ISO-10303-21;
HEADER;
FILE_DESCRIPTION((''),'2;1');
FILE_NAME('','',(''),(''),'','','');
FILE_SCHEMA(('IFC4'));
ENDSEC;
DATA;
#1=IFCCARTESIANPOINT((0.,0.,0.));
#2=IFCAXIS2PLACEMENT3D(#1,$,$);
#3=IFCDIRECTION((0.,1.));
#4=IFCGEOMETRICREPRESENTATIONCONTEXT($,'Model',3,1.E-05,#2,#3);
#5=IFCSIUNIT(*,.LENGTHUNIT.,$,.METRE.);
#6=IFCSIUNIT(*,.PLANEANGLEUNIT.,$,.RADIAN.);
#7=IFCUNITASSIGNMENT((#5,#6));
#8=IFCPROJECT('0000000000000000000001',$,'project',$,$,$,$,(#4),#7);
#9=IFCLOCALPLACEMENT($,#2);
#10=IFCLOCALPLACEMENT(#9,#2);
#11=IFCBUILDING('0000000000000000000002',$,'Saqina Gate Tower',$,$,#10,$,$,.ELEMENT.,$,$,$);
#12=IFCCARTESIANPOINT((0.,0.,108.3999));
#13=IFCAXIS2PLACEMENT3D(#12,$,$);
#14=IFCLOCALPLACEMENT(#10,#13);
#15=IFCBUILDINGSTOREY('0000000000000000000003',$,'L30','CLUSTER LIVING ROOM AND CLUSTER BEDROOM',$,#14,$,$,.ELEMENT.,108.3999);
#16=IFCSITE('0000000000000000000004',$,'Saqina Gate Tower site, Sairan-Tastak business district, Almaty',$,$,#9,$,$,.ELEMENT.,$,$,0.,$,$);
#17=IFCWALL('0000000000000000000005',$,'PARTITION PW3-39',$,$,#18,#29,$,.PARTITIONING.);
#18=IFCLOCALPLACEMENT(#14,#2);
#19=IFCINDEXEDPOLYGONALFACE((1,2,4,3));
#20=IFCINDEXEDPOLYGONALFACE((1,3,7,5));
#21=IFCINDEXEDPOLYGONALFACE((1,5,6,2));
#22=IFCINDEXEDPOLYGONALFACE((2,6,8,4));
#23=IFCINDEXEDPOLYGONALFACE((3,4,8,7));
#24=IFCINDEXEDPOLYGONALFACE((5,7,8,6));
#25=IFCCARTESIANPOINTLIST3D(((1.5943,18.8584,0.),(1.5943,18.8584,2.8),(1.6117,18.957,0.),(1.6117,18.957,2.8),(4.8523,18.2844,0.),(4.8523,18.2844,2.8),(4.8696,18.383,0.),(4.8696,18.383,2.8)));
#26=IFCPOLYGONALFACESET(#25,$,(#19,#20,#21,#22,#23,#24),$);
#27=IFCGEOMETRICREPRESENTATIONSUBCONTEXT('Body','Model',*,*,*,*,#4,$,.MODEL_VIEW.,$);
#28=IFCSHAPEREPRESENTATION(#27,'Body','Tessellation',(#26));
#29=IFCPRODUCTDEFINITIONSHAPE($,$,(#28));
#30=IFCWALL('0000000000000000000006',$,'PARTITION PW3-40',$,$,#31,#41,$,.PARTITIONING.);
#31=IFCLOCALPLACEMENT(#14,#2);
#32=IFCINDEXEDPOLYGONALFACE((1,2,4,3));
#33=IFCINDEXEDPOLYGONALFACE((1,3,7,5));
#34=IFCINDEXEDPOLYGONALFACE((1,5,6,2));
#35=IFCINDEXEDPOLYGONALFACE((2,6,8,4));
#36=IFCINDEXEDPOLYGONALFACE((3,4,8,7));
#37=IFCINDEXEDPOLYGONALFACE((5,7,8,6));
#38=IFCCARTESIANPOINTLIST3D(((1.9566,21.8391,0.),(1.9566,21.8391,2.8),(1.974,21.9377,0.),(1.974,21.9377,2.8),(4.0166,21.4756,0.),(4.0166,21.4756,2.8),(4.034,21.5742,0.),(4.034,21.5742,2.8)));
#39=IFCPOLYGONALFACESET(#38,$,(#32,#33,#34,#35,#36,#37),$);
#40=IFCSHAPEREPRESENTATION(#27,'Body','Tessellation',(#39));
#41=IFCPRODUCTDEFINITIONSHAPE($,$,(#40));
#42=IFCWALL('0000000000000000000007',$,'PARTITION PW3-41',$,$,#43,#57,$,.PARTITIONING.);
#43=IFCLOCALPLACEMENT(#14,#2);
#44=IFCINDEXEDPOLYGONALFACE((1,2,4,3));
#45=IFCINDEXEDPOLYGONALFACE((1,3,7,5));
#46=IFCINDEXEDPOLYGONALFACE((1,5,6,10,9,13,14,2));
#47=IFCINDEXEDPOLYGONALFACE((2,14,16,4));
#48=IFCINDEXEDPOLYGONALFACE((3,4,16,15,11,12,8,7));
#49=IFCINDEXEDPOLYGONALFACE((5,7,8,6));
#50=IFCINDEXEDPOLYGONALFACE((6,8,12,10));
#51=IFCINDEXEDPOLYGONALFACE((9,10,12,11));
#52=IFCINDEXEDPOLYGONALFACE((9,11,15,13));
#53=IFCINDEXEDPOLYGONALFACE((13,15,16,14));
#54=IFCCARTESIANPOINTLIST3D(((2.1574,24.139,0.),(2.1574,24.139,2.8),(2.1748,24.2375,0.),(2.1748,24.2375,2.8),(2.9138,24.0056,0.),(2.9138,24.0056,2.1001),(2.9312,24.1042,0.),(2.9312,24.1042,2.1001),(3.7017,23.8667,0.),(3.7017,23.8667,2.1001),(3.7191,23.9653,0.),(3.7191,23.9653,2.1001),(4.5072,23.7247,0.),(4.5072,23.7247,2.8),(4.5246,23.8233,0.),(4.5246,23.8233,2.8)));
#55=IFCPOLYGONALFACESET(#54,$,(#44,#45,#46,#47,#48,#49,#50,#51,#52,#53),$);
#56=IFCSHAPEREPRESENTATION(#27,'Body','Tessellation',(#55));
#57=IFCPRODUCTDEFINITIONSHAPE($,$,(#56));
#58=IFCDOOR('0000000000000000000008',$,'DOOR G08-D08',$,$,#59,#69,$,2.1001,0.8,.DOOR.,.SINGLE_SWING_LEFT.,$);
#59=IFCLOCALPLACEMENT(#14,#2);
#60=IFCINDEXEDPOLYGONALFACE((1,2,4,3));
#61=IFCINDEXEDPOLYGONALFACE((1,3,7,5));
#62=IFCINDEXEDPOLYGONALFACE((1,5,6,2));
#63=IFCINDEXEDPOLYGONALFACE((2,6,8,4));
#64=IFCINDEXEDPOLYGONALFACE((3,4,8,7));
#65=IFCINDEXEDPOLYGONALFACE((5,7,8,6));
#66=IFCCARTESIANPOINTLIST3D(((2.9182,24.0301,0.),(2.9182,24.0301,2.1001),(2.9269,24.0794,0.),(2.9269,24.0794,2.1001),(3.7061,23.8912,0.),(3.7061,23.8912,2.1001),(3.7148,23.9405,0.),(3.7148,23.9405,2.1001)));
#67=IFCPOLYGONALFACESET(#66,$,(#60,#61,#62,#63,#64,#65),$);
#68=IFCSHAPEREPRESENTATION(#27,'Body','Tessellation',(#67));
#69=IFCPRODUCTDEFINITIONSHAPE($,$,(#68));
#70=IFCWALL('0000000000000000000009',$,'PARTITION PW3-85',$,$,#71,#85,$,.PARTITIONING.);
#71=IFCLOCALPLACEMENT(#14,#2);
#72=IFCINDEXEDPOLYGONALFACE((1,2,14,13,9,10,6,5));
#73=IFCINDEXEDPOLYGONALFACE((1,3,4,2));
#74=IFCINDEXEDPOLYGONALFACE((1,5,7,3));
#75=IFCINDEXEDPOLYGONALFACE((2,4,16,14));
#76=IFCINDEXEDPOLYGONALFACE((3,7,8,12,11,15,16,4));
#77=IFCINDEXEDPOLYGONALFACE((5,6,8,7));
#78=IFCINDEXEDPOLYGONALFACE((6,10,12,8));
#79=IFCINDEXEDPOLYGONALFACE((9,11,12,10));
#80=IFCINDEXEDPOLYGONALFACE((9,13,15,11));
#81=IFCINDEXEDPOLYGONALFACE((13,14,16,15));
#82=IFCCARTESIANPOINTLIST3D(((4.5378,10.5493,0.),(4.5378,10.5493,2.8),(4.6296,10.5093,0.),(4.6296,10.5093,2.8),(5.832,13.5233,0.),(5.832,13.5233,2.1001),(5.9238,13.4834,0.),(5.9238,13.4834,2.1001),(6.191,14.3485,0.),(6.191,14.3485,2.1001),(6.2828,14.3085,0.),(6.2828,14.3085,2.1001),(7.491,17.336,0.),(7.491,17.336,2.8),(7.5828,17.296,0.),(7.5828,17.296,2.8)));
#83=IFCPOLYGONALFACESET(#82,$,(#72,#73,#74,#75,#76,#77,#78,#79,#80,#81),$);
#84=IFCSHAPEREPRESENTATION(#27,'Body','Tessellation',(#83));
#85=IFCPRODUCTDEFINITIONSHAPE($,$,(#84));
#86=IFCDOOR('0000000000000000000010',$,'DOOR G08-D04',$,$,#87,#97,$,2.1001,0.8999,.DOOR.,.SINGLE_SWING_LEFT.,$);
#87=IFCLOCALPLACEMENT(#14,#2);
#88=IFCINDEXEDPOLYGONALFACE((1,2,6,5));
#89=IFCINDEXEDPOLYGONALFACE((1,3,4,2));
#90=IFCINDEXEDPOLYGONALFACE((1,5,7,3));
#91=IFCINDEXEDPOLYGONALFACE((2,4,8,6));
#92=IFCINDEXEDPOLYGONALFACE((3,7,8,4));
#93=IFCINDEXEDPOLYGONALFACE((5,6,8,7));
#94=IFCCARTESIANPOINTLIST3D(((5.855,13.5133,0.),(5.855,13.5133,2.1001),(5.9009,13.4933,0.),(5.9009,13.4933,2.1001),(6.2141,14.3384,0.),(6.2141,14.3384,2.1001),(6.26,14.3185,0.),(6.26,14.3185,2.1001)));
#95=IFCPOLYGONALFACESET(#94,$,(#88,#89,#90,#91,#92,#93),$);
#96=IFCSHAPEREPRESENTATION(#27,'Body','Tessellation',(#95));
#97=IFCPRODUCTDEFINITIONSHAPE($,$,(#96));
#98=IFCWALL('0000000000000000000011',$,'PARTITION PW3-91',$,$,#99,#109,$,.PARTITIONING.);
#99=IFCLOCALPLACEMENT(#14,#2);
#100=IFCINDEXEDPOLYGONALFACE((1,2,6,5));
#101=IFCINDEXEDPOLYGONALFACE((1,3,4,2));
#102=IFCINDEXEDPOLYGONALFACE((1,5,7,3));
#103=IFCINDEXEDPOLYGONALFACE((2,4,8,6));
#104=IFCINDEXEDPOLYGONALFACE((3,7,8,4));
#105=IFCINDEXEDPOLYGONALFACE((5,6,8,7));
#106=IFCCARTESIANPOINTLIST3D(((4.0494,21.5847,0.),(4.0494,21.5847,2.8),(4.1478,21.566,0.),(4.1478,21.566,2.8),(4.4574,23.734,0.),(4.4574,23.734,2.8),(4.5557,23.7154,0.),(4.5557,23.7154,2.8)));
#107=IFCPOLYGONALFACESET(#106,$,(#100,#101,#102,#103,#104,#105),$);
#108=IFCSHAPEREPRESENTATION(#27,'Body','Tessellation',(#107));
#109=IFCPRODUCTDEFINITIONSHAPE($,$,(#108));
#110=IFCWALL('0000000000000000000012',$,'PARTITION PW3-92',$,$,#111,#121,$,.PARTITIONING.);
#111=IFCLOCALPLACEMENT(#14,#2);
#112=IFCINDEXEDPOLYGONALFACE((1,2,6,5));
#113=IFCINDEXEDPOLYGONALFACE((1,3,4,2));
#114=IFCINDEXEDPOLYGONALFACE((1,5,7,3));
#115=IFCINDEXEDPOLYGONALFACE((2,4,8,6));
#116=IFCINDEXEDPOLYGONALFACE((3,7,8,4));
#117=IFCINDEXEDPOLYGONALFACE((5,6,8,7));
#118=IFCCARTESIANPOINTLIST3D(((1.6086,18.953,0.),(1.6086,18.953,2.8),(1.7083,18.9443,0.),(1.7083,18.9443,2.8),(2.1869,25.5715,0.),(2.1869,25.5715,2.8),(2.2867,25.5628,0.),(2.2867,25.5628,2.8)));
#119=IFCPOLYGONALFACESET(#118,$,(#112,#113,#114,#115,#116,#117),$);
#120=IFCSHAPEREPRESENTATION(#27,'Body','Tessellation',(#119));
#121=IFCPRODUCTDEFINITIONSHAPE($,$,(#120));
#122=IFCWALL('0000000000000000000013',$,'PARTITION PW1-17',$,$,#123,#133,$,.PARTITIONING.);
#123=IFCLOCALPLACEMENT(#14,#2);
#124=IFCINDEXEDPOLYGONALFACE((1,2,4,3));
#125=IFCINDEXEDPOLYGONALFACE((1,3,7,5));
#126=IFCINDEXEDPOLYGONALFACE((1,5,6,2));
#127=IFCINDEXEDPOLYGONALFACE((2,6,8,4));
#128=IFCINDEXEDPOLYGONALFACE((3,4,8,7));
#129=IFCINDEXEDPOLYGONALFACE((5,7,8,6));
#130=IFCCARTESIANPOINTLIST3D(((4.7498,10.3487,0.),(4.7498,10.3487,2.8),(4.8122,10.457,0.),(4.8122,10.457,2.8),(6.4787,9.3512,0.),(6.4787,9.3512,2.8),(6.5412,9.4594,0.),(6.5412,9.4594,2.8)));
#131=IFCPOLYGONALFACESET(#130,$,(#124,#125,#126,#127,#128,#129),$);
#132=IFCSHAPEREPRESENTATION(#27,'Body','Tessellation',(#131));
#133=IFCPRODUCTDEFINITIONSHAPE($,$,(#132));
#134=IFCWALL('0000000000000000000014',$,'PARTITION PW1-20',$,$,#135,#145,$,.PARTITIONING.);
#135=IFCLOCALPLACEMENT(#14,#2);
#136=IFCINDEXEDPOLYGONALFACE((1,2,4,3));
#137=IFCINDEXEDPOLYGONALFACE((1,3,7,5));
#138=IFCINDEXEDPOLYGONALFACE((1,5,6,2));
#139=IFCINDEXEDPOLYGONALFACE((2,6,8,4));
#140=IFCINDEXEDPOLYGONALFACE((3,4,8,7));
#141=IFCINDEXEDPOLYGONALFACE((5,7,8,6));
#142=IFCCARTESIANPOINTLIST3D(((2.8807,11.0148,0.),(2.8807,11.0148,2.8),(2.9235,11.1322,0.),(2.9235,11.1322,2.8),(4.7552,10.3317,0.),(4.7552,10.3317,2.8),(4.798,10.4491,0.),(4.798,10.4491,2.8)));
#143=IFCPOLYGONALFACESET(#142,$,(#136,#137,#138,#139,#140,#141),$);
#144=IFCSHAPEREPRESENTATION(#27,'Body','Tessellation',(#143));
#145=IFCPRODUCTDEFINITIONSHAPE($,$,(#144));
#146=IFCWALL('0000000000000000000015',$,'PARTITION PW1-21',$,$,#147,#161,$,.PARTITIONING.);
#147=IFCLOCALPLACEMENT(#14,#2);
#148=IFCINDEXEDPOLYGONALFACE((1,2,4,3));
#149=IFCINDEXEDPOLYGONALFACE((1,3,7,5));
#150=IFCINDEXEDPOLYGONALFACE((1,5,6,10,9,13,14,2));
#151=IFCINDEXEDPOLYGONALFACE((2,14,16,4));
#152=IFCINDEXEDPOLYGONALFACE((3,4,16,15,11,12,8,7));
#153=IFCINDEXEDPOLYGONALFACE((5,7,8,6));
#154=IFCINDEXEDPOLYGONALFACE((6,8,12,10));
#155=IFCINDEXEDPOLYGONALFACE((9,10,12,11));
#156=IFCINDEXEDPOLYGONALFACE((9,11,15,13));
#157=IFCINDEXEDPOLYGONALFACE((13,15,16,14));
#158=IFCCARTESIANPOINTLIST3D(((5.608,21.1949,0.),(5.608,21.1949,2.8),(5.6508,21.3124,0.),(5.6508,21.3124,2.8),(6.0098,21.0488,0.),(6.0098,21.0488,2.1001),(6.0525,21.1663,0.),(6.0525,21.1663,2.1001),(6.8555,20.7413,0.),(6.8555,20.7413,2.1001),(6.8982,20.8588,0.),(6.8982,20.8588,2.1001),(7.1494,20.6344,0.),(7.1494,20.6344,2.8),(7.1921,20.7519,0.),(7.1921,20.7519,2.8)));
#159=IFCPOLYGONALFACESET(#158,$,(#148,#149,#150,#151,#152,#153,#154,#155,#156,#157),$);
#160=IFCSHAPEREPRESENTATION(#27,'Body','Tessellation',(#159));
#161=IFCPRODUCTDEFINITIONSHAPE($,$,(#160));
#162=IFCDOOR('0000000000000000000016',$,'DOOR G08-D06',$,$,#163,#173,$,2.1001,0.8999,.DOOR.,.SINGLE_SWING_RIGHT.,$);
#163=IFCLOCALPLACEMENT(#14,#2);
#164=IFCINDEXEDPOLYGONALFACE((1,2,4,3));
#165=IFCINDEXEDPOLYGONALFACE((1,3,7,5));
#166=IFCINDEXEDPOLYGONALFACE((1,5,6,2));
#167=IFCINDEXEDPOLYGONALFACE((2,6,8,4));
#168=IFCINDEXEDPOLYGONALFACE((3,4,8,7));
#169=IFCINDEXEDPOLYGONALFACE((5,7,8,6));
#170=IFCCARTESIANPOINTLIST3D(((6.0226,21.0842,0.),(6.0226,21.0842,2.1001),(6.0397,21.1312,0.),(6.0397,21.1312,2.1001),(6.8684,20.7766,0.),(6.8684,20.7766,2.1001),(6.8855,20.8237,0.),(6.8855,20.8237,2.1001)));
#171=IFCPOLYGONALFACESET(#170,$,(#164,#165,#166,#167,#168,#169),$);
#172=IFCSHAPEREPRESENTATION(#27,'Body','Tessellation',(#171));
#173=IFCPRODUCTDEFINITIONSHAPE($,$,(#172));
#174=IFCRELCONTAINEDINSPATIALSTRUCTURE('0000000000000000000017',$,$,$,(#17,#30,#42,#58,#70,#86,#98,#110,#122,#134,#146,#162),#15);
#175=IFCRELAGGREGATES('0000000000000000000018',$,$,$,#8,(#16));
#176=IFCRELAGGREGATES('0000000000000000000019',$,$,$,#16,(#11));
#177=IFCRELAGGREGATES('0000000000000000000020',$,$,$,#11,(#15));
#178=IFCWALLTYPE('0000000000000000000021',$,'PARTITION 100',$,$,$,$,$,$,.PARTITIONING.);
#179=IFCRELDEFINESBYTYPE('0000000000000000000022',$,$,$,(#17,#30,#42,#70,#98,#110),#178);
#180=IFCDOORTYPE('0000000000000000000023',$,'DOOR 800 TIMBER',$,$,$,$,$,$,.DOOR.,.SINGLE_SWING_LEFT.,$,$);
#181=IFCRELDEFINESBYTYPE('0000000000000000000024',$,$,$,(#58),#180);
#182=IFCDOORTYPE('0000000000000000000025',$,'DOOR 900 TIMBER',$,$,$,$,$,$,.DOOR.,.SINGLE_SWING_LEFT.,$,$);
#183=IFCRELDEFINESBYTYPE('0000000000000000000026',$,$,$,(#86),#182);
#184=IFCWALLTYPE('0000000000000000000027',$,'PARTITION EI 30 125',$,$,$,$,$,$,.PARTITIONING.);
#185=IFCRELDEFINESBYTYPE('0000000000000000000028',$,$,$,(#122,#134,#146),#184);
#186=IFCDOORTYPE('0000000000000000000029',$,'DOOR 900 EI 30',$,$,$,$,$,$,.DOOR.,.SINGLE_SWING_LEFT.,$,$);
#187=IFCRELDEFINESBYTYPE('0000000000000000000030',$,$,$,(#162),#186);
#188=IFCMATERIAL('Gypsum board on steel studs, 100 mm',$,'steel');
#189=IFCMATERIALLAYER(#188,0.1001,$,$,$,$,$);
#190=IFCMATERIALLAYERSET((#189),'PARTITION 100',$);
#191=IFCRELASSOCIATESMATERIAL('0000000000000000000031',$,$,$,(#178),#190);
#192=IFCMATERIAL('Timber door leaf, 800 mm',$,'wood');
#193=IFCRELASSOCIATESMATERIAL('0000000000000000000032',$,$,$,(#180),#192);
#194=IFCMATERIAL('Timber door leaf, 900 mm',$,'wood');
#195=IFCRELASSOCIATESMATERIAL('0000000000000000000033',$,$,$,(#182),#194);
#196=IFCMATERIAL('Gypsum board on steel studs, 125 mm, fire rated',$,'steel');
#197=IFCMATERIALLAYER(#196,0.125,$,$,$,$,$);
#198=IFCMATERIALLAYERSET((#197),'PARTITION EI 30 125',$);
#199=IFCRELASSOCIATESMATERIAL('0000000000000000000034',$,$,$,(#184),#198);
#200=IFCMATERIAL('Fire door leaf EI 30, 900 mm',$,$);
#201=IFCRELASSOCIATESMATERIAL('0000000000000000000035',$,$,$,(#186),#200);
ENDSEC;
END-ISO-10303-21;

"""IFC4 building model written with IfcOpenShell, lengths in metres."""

from ifc_helpers import new_model, si_unit, direction, frame, frame_2d, origin, place, context, subcontext, project, spatial, rectangle, extrude, material, layer, layer_set, type_object, element, fill, save


model = new_model("IFC4")

# Units and contexts
model_context = context("Model", 3, precision=1e-05, world=origin(), true_north=direction((0.0, 1.0)))
body_context = subcontext(model_context, "Body", "Model", "MODEL_VIEW")
ifc_project = project(units=[si_unit("LENGTHUNIT", "METRE"), si_unit("PLANEANGLEUNIT", "RADIAN")], contexts=[model_context])

# Site, building, storey
site_placement = place(None, origin())
site = spatial("IfcSite", under=ifc_project, at=site_placement, Name="Saqina Gate Tower site, Sairan-Tastak business district, Almaty", CompositionType="ELEMENT", RefElevation=0.0)
building_placement = place(site_placement, origin())
building = spatial("IfcBuilding", under=site, at=building_placement, Name="Saqina Gate Tower", CompositionType="ELEMENT")
storey_placement = place(building_placement, frame((0.0, 0.0, 108.3999)))
storey = spatial("IfcBuildingStorey", under=building, at=storey_placement, Name="L30", Description="CLUSTER LIVING ROOM AND CLUSTER BEDROOM", CompositionType="ELEMENT", Elevation=108.3999)

# Walls
ifc_material_1 = material(Name="Gypsum board on steel studs, 100 mm", Category="steel")
ifc_layer_1 = layer(ifc_material_1, 0.1001)
ifc_layer_set_1 = layer_set([ifc_layer_1], Name="PARTITION 100")
wall_type_1 = type_object("IfcWallType", Name="PARTITION 100", PredefinedType="PARTITIONING", material=ifc_layer_set_1)
wall_1_placement = place(storey_placement, frame((1.603, 18.9077, 0.0), z_axis=(0.0, 0.0, 1.0), x_axis=(0.984832, -0.173512, 0.0)))
element("IfcWall", 1, at=wall_1_placement, inside=storey, type_object=wall_type_1, Name="PARTITION PW3-39", PredefinedType="PARTITIONING", context=body_context, shape_type="SweptSolid", body=[
    extrude(rectangle(XDim=3.3081, YDim=0.1001, at=frame_2d((1.6541, 0.0))), origin(), (0.0, 0.0, 1.0), 2.8),
])
wall_2_placement = place(storey_placement, frame((1.9653, 21.8884, 0.0), z_axis=(0.0, 0.0, 1.0), x_axis=(0.984785, -0.173779, 0.0)))
element("IfcWall", 2, at=wall_2_placement, inside=storey, type_object=wall_type_1, Name="PARTITION PW3-40", PredefinedType="PARTITIONING", context=body_context, shape_type="SweptSolid", body=[
    extrude(rectangle(XDim=2.0918, YDim=0.1001, at=frame_2d((1.0459, 0.0))), origin(), (0.0, 0.0, 1.0), 2.8),
])

# Walls, openings, doors
wall_3_placement = place(storey_placement, frame((2.1663, 24.1882, 0.0), z_axis=(0.0, 0.0, 1.0), x_axis=(0.98481, -0.173634, 0.0)))
wall_3 = element("IfcWall", 3, at=wall_3_placement, inside=storey, type_object=wall_type_1, Name="PARTITION PW3-41", PredefinedType="PARTITIONING", context=body_context, shape_type="SweptSolid", body=[
    extrude(rectangle(XDim=2.386, YDim=0.1001, at=frame_2d((1.1929, 0.0))), origin(), (0.0, 0.0, 1.0), 2.8),
])
opening_1_placement = place(wall_3_placement, frame((0.7681, 0.0, 0.0)))
opening_1 = element("IfcOpeningElement", 4, at=opening_1_placement, cuts=wall_3, PredefinedType="OPENING", context=body_context, shape_type="SweptSolid", body=[
    extrude(rectangle(XDim=0.8, YDim=2.1001, at=frame_2d((0.3999, 1.05))), frame((0.0, 0.062, 0.0), z_axis=(0.0, -1.0, 0.0), x_axis=(1.0, 0.0, 0.0)), (0.0, 0.0, 1.0), 0.124),
])
ifc_material_2 = material(Name="Timber door leaf, 800 mm", Category="wood")
door_type_1 = type_object("IfcDoorType", Name="DOOR 800 TIMBER", OperationType="SINGLE_SWING_LEFT", PredefinedType="DOOR", material=ifc_material_2)
door_1_placement = place(opening_1_placement, origin())
door_1 = element("IfcDoor", 5, at=door_1_placement, inside=storey, type_object=door_type_1, Name="DOOR G08-D08", OperationType="SINGLE_SWING_LEFT", OverallHeight=2.1001, OverallWidth=0.8, PredefinedType="DOOR", context=body_context, shape_type="SweptSolid", body=[
    extrude(rectangle(XDim=0.8, YDim=2.1001, at=frame_2d((0.3999, 1.05))), frame((0.0, 0.0249, 0.0), z_axis=(0.0, -1.0, 0.0), x_axis=(1.0, 0.0, 0.0)), (0.0, 0.0, 1.0), 0.05),
])
fill(opening_1, door_1)
wall_4_placement = place(storey_placement, frame((4.5837, 10.5293, 0.0), z_axis=(0.0, 0.0, 1.0), x_axis=(0.399001, 0.91695, 0.0)))
wall_4 = element("IfcWall", 6, at=wall_4_placement, inside=storey, type_object=wall_type_1, Name="PARTITION PW3-85", PredefinedType="PARTITIONING", context=body_context, shape_type="SweptSolid", body=[
    extrude(rectangle(XDim=7.4014, YDim=0.1001, at=frame_2d((3.7007, 0.0))), origin(), (0.0, 0.0, 1.0), 2.8),
])
opening_2_placement = place(wall_4_placement, frame((3.2434, 0.0, 0.0)))
opening_2 = element("IfcOpeningElement", 7, at=opening_2_placement, cuts=wall_4, PredefinedType="OPENING", context=body_context, shape_type="SweptSolid", body=[
    extrude(rectangle(XDim=0.8999, YDim=2.1001, at=frame_2d((0.45, 1.05))), frame((0.0, 0.062, 0.0), z_axis=(0.0, -1.0, 0.0), x_axis=(1.0, 0.0, 0.0)), (0.0, 0.0, 1.0), 0.124),
])
ifc_material_3 = material(Name="Timber door leaf, 900 mm", Category="wood")
door_type_2 = type_object("IfcDoorType", Name="DOOR 900 TIMBER", OperationType="SINGLE_SWING_LEFT", PredefinedType="DOOR", material=ifc_material_3)
door_2_placement = place(opening_2_placement, origin())
door_2 = element("IfcDoor", 8, at=door_2_placement, inside=storey, type_object=door_type_2, Name="DOOR G08-D04", OperationType="SINGLE_SWING_LEFT", OverallHeight=2.1001, OverallWidth=0.8999, PredefinedType="DOOR", context=body_context, shape_type="SweptSolid", body=[
    extrude(rectangle(XDim=0.8999, YDim=2.1001, at=frame_2d((0.45, 1.05))), frame((0.0, 0.0249, 0.0), z_axis=(0.0, -1.0, 0.0), x_axis=(1.0, 0.0, 0.0)), (0.0, 0.0, 1.0), 0.05),
])
fill(opening_2, door_2)

# Walls
wall_5_placement = place(storey_placement, frame((4.0986, 21.5754, 0.0), z_axis=(0.0, 0.0, 1.0), x_axis=(0.186471, 0.98246, 0.0)))
element("IfcWall", 9, at=wall_5_placement, inside=storey, type_object=wall_type_1, Name="PARTITION PW3-91", PredefinedType="PARTITIONING", context=body_context, shape_type="SweptSolid", body=[
    extrude(rectangle(XDim=2.1877, YDim=0.1001, at=frame_2d((1.0938, 0.0))), origin(), (0.0, 0.0, 1.0), 2.8),
])
wall_6_placement = place(storey_placement, frame((1.6584, 18.9487, 0.0), z_axis=(0.0, 0.0, 1.0), x_axis=(0.087053, 0.996204, 0.0)))
element("IfcWall", 10, at=wall_6_placement, inside=storey, type_object=wall_type_1, Name="PARTITION PW3-92", PredefinedType="PARTITIONING", context=body_context, shape_type="SweptSolid", body=[
    extrude(rectangle(XDim=6.6438, YDim=0.1001, at=frame_2d((3.3218, 0.0))), origin(), (0.0, 0.0, 1.0), 2.8),
])
ifc_material_4 = material(Name="Gypsum board on steel studs, 125 mm, fire rated", Category="steel")
ifc_layer_2 = layer(ifc_material_4, 0.125)
ifc_layer_set_2 = layer_set([ifc_layer_2], Name="PARTITION EI 30 125")
wall_type_2 = type_object("IfcWallType", Name="PARTITION EI 30 125", PredefinedType="PARTITIONING", material=ifc_layer_set_2)
wall_7_placement = place(storey_placement, frame((4.781, 10.4028, 0.0), z_axis=(0.0, 0.0, 1.0), x_axis=(0.866173, -0.499744, 0.0)))
element("IfcWall", 11, at=wall_7_placement, inside=storey, type_object=wall_type_2, Name="PARTITION PW1-17", PredefinedType="PARTITIONING", context=body_context, shape_type="SweptSolid", body=[
    extrude(rectangle(XDim=1.9961, YDim=0.125, at=frame_2d((0.998, 0.0))), origin(), (0.0, 0.0, 1.0), 2.8),
])
wall_8_placement = place(storey_placement, frame((2.9021, 11.0735, 0.0), z_axis=(0.0, 0.0, 1.0), x_axis=(0.939557, -0.342391, 0.0)))
element("IfcWall", 12, at=wall_8_placement, inside=storey, type_object=wall_type_2, Name="PARTITION PW1-20", PredefinedType="PARTITIONING", context=body_context, shape_type="SweptSolid", body=[
    extrude(rectangle(XDim=1.9951, YDim=0.125, at=frame_2d((0.9976, 0.0))), origin(), (0.0, 0.0, 1.0), 2.8),
])

# Wall, opening, door
wall_9_placement = place(storey_placement, frame((5.6294, 21.2537, 0.0), z_axis=(0.0, 0.0, 1.0), x_axis=(0.939793, -0.341743, 0.0)))
wall_9 = element("IfcWall", 13, at=wall_9_placement, inside=storey, type_object=wall_type_2, Name="PARTITION PW1-21", PredefinedType="PARTITIONING", context=body_context, shape_type="SweptSolid", body=[
    extrude(rectangle(XDim=1.6401, YDim=0.125, at=frame_2d((0.8201, 0.0))), origin(), (0.0, 0.0, 1.0), 2.8),
])
opening_3_placement = place(wall_9_placement, frame((0.4275, 0.0, 0.0)))
opening_3 = element("IfcOpeningElement", 14, at=opening_3_placement, cuts=wall_9, PredefinedType="OPENING", context=body_context, shape_type="SweptSolid", body=[
    extrude(rectangle(XDim=0.8999, YDim=2.1001, at=frame_2d((0.45, 1.05))), frame((0.0, 0.0745, 0.0), z_axis=(0.0, -1.0, 0.0), x_axis=(1.0, 0.0, 0.0)), (0.0, 0.0, 1.0), 0.1489),
])
ifc_material_5 = material(Name="Fire door leaf EI 30, 900 mm")
door_type_3 = type_object("IfcDoorType", Name="DOOR 900 EI 30", OperationType="SINGLE_SWING_LEFT", PredefinedType="DOOR", material=ifc_material_5)
door_3_placement = place(opening_3_placement, frame((0.8999, 0.0, 0.0), z_axis=(0.0, 0.0, 1.0), x_axis=(-1.0, 0.0, 0.0)))
door_3 = element("IfcDoor", 15, at=door_3_placement, inside=storey, type_object=door_type_3, Name="DOOR G08-D06", OperationType="SINGLE_SWING_RIGHT", OverallHeight=2.1001, OverallWidth=0.8999, PredefinedType="DOOR", context=body_context, shape_type="SweptSolid", body=[
    extrude(rectangle(XDim=0.8999, YDim=2.1001, at=frame_2d((0.45, 1.05))), frame((0.0, 0.0249, 0.0), z_axis=(0.0, -1.0, 0.0), x_axis=(1.0, 0.0, 0.0)), (0.0, 0.0, 1.0), 0.05),
])
fill(opening_3, door_3)

save(model, "model.ifc")
